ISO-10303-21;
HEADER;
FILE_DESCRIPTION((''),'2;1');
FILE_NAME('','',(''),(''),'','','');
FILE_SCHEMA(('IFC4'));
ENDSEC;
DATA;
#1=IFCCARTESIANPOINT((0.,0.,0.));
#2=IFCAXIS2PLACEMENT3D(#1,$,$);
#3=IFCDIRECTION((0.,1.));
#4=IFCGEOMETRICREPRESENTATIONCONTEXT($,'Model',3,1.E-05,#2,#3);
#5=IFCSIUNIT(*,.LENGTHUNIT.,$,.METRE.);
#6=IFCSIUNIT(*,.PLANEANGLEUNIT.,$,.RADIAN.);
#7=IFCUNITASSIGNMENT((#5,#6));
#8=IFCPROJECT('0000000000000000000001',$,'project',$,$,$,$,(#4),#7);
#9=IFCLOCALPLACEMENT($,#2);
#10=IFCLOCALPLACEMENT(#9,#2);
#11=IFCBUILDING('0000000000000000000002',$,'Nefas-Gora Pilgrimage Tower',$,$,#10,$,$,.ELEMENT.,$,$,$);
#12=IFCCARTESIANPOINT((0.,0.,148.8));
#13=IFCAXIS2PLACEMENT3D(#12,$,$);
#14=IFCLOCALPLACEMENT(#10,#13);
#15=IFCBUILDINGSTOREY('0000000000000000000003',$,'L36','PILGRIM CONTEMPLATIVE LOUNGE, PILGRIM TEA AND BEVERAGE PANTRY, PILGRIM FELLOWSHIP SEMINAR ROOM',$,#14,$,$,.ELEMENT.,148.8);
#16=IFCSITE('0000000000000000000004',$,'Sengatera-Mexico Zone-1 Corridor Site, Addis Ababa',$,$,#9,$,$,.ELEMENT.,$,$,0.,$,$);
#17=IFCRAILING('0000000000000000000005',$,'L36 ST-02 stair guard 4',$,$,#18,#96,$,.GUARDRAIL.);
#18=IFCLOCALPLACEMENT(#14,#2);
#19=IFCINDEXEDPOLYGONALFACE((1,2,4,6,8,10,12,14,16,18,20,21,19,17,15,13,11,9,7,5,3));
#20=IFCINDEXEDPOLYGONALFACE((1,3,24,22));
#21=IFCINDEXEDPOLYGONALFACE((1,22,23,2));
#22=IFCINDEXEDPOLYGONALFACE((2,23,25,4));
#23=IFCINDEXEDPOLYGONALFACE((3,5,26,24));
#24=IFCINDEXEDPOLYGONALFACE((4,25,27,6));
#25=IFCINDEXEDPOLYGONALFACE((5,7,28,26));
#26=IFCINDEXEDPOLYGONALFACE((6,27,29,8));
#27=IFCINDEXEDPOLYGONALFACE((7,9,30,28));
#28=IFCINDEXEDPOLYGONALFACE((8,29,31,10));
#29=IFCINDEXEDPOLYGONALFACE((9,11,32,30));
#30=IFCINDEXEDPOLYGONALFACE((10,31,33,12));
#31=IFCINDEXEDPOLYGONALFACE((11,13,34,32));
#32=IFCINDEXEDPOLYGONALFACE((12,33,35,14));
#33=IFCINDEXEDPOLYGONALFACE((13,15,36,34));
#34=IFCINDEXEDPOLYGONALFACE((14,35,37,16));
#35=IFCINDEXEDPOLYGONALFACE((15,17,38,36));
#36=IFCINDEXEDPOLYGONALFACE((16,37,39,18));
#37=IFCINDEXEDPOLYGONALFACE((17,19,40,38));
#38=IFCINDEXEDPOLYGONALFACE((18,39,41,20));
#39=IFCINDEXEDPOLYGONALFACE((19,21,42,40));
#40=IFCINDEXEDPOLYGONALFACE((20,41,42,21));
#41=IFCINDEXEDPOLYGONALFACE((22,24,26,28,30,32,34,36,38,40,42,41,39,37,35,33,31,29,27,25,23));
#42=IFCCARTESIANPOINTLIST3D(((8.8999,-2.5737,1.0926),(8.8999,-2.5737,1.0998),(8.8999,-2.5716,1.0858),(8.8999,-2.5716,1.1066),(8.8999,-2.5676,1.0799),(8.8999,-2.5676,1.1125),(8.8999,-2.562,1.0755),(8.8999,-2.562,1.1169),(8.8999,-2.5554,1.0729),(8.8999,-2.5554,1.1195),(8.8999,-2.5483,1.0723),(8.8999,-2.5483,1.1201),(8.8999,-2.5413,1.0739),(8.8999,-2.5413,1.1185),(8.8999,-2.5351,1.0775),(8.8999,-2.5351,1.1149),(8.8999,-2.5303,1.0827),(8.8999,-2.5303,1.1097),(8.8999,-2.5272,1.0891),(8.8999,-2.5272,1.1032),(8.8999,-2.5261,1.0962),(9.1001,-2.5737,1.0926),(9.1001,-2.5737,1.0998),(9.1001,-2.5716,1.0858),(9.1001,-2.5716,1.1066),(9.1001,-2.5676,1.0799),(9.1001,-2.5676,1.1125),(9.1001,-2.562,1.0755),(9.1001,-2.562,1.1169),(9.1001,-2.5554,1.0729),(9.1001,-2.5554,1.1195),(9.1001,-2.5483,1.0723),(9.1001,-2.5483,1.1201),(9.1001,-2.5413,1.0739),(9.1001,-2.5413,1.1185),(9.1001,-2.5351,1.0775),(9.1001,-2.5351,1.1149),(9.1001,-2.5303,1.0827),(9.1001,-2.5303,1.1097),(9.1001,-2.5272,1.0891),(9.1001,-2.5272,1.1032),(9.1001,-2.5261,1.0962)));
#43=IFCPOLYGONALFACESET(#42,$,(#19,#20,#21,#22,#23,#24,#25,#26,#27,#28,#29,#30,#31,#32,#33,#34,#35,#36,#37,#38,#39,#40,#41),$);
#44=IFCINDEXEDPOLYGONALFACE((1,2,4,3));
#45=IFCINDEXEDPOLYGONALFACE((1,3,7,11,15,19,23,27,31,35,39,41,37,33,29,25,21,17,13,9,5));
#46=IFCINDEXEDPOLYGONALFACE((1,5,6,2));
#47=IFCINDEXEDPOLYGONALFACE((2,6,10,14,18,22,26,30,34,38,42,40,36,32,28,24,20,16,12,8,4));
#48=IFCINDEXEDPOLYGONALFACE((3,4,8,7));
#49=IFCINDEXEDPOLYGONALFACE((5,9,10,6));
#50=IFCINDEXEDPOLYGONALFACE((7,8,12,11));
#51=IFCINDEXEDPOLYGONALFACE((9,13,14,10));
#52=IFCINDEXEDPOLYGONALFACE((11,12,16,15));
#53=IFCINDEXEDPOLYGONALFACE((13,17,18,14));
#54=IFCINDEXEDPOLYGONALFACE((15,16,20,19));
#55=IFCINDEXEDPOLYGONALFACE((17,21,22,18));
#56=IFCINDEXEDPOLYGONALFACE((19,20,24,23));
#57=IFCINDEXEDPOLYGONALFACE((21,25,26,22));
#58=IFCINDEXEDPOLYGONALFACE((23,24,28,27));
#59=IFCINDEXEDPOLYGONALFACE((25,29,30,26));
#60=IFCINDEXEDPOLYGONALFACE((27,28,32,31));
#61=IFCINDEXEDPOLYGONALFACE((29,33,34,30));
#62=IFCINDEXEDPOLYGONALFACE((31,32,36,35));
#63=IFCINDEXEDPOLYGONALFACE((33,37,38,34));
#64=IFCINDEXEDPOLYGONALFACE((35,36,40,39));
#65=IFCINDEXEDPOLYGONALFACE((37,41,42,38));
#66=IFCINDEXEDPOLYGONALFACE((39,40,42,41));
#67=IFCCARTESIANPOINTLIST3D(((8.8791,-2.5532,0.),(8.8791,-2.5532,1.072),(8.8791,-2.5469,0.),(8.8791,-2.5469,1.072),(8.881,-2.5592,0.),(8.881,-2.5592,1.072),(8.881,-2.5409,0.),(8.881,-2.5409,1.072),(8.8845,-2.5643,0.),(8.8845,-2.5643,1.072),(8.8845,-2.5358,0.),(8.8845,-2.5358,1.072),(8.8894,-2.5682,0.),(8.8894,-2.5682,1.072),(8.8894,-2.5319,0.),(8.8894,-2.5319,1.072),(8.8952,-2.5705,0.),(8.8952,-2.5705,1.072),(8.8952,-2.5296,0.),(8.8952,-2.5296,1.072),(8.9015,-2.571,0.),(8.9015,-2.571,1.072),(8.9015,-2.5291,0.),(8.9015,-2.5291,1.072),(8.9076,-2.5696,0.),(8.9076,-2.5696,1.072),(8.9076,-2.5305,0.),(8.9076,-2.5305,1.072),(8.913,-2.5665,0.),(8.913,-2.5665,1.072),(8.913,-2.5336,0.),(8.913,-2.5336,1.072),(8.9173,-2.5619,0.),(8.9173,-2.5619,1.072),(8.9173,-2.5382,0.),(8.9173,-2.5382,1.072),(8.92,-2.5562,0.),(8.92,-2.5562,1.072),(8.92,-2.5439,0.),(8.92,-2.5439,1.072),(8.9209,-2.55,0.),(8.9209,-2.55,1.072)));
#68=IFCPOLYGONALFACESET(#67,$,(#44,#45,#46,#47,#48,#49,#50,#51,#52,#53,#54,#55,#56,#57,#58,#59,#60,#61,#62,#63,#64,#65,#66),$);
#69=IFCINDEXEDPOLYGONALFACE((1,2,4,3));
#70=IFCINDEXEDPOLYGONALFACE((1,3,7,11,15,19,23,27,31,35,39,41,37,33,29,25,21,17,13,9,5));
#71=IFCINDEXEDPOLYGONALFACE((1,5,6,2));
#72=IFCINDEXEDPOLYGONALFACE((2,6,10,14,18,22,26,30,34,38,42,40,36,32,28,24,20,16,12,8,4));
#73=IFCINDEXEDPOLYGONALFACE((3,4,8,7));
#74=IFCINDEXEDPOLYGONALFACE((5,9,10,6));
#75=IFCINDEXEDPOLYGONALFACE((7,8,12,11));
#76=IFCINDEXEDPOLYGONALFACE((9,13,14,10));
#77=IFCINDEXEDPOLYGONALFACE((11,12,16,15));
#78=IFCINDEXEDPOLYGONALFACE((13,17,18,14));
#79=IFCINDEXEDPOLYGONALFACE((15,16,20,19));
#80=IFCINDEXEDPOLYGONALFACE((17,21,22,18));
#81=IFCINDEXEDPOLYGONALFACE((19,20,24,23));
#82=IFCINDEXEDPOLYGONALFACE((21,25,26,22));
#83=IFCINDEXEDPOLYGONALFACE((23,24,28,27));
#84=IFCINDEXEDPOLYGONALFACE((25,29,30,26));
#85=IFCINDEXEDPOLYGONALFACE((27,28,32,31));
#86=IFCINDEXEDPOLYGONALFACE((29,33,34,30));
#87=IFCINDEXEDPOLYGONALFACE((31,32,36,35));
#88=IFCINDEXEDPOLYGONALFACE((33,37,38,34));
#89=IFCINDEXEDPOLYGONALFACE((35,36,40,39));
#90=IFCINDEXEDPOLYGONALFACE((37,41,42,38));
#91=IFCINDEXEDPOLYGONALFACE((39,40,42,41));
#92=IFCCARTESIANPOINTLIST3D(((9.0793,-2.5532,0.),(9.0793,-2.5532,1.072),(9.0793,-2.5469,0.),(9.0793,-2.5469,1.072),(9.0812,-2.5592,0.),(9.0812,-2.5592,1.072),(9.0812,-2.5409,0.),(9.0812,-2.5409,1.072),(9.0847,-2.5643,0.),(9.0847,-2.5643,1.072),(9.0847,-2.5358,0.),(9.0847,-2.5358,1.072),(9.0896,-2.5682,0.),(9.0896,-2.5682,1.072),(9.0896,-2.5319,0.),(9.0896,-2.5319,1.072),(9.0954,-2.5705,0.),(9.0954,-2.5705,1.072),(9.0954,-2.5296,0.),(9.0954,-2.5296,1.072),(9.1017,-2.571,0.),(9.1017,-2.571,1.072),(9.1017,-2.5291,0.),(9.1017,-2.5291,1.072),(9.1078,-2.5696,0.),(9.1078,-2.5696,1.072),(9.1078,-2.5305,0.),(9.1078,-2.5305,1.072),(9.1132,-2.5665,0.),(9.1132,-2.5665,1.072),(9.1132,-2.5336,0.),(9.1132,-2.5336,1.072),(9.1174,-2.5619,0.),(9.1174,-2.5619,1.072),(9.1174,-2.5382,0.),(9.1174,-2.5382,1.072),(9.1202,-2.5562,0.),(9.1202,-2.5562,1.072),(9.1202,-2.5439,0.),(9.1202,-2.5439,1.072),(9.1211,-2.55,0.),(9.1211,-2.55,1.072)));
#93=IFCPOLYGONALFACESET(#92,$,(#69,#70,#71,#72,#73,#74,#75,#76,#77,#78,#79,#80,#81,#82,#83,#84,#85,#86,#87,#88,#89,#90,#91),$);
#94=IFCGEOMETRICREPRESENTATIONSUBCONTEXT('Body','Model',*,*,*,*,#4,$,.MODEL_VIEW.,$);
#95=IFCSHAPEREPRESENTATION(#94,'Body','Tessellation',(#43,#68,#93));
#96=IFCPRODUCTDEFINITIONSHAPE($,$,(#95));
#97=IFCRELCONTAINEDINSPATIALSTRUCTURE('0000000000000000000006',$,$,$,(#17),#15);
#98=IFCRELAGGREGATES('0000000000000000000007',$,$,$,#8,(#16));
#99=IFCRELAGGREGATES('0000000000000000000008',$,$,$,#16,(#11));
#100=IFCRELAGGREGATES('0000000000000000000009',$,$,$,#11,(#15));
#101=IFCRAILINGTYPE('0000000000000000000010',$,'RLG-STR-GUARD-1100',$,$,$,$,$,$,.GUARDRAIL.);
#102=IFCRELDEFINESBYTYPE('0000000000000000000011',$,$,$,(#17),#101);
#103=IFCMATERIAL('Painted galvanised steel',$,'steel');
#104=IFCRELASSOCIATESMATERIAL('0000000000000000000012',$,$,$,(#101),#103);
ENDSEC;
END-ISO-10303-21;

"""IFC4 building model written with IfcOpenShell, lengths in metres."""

from ifc_helpers import new_model, si_unit, direction, frame, origin, origin_2d, place, context, subcontext, project, spatial, circle, extrude, material, type_object, element, save


model = new_model("IFC4")

# Units and contexts
model_context = context("Model", 3, precision=1e-05, world=origin(), true_north=direction((0.0, 1.0)))
body_context = subcontext(model_context, "Body", "Model", "MODEL_VIEW")
ifc_project = project(units=[si_unit("LENGTHUNIT", "METRE"), si_unit("PLANEANGLEUNIT", "RADIAN")], contexts=[model_context])

# Site, building, storey
site_placement = place(None, origin())
site = spatial("IfcSite", under=ifc_project, at=site_placement, Name="Sengatera-Mexico Zone-1 Corridor Site, Addis Ababa", CompositionType="ELEMENT", RefElevation=0.0)
building_placement = place(site_placement, origin())
building = spatial("IfcBuilding", under=site, at=building_placement, Name="Nefas-Gora Pilgrimage Tower", CompositionType="ELEMENT")
storey_placement = place(building_placement, frame((0.0, 0.0, 148.8)))
storey = spatial("IfcBuildingStorey", under=building, at=storey_placement, Name="L36", Description="PILGRIM CONTEMPLATIVE LOUNGE, PILGRIM TEA AND BEVERAGE PANTRY, PILGRIM FELLOWSHIP SEMINAR ROOM", CompositionType="ELEMENT", Elevation=148.8)

# Railing
ifc_material_1 = material(Name="Painted galvanised steel", Category="steel")
railing_type_1 = type_object("IfcRailingType", Name="RLG-STR-GUARD-1100", PredefinedType="GUARDRAIL", material=ifc_material_1)
railing_1_placement = place(storey_placement, frame((8.8999, -2.55, 0.0)))
element("IfcRailing", 1, at=railing_1_placement, inside=storey, type_object=railing_type_1, Name="L36 ST-02 stair guard 4", PredefinedType="GUARDRAIL", context=body_context, shape_type="SweptSolid", body=[
    extrude(circle(Radius=0.0239, at=origin_2d()), frame((0.0, 0.0, 1.0962), z_axis=(1.0, 0.0, 0.0), x_axis=(0.0, 1.0, 0.0)), (0.0, 0.0, 1.0), 0.2002),
    extrude(circle(Radius=0.021, at=origin_2d()), origin(), (0.0, 0.0, 1.0), 1.072),
    extrude(circle(Radius=0.021, at=origin_2d()), frame((0.2002, 0.0, 0.0)), (0.0, 0.0, 1.0), 1.072),
])

save(model, "model.ifc")
